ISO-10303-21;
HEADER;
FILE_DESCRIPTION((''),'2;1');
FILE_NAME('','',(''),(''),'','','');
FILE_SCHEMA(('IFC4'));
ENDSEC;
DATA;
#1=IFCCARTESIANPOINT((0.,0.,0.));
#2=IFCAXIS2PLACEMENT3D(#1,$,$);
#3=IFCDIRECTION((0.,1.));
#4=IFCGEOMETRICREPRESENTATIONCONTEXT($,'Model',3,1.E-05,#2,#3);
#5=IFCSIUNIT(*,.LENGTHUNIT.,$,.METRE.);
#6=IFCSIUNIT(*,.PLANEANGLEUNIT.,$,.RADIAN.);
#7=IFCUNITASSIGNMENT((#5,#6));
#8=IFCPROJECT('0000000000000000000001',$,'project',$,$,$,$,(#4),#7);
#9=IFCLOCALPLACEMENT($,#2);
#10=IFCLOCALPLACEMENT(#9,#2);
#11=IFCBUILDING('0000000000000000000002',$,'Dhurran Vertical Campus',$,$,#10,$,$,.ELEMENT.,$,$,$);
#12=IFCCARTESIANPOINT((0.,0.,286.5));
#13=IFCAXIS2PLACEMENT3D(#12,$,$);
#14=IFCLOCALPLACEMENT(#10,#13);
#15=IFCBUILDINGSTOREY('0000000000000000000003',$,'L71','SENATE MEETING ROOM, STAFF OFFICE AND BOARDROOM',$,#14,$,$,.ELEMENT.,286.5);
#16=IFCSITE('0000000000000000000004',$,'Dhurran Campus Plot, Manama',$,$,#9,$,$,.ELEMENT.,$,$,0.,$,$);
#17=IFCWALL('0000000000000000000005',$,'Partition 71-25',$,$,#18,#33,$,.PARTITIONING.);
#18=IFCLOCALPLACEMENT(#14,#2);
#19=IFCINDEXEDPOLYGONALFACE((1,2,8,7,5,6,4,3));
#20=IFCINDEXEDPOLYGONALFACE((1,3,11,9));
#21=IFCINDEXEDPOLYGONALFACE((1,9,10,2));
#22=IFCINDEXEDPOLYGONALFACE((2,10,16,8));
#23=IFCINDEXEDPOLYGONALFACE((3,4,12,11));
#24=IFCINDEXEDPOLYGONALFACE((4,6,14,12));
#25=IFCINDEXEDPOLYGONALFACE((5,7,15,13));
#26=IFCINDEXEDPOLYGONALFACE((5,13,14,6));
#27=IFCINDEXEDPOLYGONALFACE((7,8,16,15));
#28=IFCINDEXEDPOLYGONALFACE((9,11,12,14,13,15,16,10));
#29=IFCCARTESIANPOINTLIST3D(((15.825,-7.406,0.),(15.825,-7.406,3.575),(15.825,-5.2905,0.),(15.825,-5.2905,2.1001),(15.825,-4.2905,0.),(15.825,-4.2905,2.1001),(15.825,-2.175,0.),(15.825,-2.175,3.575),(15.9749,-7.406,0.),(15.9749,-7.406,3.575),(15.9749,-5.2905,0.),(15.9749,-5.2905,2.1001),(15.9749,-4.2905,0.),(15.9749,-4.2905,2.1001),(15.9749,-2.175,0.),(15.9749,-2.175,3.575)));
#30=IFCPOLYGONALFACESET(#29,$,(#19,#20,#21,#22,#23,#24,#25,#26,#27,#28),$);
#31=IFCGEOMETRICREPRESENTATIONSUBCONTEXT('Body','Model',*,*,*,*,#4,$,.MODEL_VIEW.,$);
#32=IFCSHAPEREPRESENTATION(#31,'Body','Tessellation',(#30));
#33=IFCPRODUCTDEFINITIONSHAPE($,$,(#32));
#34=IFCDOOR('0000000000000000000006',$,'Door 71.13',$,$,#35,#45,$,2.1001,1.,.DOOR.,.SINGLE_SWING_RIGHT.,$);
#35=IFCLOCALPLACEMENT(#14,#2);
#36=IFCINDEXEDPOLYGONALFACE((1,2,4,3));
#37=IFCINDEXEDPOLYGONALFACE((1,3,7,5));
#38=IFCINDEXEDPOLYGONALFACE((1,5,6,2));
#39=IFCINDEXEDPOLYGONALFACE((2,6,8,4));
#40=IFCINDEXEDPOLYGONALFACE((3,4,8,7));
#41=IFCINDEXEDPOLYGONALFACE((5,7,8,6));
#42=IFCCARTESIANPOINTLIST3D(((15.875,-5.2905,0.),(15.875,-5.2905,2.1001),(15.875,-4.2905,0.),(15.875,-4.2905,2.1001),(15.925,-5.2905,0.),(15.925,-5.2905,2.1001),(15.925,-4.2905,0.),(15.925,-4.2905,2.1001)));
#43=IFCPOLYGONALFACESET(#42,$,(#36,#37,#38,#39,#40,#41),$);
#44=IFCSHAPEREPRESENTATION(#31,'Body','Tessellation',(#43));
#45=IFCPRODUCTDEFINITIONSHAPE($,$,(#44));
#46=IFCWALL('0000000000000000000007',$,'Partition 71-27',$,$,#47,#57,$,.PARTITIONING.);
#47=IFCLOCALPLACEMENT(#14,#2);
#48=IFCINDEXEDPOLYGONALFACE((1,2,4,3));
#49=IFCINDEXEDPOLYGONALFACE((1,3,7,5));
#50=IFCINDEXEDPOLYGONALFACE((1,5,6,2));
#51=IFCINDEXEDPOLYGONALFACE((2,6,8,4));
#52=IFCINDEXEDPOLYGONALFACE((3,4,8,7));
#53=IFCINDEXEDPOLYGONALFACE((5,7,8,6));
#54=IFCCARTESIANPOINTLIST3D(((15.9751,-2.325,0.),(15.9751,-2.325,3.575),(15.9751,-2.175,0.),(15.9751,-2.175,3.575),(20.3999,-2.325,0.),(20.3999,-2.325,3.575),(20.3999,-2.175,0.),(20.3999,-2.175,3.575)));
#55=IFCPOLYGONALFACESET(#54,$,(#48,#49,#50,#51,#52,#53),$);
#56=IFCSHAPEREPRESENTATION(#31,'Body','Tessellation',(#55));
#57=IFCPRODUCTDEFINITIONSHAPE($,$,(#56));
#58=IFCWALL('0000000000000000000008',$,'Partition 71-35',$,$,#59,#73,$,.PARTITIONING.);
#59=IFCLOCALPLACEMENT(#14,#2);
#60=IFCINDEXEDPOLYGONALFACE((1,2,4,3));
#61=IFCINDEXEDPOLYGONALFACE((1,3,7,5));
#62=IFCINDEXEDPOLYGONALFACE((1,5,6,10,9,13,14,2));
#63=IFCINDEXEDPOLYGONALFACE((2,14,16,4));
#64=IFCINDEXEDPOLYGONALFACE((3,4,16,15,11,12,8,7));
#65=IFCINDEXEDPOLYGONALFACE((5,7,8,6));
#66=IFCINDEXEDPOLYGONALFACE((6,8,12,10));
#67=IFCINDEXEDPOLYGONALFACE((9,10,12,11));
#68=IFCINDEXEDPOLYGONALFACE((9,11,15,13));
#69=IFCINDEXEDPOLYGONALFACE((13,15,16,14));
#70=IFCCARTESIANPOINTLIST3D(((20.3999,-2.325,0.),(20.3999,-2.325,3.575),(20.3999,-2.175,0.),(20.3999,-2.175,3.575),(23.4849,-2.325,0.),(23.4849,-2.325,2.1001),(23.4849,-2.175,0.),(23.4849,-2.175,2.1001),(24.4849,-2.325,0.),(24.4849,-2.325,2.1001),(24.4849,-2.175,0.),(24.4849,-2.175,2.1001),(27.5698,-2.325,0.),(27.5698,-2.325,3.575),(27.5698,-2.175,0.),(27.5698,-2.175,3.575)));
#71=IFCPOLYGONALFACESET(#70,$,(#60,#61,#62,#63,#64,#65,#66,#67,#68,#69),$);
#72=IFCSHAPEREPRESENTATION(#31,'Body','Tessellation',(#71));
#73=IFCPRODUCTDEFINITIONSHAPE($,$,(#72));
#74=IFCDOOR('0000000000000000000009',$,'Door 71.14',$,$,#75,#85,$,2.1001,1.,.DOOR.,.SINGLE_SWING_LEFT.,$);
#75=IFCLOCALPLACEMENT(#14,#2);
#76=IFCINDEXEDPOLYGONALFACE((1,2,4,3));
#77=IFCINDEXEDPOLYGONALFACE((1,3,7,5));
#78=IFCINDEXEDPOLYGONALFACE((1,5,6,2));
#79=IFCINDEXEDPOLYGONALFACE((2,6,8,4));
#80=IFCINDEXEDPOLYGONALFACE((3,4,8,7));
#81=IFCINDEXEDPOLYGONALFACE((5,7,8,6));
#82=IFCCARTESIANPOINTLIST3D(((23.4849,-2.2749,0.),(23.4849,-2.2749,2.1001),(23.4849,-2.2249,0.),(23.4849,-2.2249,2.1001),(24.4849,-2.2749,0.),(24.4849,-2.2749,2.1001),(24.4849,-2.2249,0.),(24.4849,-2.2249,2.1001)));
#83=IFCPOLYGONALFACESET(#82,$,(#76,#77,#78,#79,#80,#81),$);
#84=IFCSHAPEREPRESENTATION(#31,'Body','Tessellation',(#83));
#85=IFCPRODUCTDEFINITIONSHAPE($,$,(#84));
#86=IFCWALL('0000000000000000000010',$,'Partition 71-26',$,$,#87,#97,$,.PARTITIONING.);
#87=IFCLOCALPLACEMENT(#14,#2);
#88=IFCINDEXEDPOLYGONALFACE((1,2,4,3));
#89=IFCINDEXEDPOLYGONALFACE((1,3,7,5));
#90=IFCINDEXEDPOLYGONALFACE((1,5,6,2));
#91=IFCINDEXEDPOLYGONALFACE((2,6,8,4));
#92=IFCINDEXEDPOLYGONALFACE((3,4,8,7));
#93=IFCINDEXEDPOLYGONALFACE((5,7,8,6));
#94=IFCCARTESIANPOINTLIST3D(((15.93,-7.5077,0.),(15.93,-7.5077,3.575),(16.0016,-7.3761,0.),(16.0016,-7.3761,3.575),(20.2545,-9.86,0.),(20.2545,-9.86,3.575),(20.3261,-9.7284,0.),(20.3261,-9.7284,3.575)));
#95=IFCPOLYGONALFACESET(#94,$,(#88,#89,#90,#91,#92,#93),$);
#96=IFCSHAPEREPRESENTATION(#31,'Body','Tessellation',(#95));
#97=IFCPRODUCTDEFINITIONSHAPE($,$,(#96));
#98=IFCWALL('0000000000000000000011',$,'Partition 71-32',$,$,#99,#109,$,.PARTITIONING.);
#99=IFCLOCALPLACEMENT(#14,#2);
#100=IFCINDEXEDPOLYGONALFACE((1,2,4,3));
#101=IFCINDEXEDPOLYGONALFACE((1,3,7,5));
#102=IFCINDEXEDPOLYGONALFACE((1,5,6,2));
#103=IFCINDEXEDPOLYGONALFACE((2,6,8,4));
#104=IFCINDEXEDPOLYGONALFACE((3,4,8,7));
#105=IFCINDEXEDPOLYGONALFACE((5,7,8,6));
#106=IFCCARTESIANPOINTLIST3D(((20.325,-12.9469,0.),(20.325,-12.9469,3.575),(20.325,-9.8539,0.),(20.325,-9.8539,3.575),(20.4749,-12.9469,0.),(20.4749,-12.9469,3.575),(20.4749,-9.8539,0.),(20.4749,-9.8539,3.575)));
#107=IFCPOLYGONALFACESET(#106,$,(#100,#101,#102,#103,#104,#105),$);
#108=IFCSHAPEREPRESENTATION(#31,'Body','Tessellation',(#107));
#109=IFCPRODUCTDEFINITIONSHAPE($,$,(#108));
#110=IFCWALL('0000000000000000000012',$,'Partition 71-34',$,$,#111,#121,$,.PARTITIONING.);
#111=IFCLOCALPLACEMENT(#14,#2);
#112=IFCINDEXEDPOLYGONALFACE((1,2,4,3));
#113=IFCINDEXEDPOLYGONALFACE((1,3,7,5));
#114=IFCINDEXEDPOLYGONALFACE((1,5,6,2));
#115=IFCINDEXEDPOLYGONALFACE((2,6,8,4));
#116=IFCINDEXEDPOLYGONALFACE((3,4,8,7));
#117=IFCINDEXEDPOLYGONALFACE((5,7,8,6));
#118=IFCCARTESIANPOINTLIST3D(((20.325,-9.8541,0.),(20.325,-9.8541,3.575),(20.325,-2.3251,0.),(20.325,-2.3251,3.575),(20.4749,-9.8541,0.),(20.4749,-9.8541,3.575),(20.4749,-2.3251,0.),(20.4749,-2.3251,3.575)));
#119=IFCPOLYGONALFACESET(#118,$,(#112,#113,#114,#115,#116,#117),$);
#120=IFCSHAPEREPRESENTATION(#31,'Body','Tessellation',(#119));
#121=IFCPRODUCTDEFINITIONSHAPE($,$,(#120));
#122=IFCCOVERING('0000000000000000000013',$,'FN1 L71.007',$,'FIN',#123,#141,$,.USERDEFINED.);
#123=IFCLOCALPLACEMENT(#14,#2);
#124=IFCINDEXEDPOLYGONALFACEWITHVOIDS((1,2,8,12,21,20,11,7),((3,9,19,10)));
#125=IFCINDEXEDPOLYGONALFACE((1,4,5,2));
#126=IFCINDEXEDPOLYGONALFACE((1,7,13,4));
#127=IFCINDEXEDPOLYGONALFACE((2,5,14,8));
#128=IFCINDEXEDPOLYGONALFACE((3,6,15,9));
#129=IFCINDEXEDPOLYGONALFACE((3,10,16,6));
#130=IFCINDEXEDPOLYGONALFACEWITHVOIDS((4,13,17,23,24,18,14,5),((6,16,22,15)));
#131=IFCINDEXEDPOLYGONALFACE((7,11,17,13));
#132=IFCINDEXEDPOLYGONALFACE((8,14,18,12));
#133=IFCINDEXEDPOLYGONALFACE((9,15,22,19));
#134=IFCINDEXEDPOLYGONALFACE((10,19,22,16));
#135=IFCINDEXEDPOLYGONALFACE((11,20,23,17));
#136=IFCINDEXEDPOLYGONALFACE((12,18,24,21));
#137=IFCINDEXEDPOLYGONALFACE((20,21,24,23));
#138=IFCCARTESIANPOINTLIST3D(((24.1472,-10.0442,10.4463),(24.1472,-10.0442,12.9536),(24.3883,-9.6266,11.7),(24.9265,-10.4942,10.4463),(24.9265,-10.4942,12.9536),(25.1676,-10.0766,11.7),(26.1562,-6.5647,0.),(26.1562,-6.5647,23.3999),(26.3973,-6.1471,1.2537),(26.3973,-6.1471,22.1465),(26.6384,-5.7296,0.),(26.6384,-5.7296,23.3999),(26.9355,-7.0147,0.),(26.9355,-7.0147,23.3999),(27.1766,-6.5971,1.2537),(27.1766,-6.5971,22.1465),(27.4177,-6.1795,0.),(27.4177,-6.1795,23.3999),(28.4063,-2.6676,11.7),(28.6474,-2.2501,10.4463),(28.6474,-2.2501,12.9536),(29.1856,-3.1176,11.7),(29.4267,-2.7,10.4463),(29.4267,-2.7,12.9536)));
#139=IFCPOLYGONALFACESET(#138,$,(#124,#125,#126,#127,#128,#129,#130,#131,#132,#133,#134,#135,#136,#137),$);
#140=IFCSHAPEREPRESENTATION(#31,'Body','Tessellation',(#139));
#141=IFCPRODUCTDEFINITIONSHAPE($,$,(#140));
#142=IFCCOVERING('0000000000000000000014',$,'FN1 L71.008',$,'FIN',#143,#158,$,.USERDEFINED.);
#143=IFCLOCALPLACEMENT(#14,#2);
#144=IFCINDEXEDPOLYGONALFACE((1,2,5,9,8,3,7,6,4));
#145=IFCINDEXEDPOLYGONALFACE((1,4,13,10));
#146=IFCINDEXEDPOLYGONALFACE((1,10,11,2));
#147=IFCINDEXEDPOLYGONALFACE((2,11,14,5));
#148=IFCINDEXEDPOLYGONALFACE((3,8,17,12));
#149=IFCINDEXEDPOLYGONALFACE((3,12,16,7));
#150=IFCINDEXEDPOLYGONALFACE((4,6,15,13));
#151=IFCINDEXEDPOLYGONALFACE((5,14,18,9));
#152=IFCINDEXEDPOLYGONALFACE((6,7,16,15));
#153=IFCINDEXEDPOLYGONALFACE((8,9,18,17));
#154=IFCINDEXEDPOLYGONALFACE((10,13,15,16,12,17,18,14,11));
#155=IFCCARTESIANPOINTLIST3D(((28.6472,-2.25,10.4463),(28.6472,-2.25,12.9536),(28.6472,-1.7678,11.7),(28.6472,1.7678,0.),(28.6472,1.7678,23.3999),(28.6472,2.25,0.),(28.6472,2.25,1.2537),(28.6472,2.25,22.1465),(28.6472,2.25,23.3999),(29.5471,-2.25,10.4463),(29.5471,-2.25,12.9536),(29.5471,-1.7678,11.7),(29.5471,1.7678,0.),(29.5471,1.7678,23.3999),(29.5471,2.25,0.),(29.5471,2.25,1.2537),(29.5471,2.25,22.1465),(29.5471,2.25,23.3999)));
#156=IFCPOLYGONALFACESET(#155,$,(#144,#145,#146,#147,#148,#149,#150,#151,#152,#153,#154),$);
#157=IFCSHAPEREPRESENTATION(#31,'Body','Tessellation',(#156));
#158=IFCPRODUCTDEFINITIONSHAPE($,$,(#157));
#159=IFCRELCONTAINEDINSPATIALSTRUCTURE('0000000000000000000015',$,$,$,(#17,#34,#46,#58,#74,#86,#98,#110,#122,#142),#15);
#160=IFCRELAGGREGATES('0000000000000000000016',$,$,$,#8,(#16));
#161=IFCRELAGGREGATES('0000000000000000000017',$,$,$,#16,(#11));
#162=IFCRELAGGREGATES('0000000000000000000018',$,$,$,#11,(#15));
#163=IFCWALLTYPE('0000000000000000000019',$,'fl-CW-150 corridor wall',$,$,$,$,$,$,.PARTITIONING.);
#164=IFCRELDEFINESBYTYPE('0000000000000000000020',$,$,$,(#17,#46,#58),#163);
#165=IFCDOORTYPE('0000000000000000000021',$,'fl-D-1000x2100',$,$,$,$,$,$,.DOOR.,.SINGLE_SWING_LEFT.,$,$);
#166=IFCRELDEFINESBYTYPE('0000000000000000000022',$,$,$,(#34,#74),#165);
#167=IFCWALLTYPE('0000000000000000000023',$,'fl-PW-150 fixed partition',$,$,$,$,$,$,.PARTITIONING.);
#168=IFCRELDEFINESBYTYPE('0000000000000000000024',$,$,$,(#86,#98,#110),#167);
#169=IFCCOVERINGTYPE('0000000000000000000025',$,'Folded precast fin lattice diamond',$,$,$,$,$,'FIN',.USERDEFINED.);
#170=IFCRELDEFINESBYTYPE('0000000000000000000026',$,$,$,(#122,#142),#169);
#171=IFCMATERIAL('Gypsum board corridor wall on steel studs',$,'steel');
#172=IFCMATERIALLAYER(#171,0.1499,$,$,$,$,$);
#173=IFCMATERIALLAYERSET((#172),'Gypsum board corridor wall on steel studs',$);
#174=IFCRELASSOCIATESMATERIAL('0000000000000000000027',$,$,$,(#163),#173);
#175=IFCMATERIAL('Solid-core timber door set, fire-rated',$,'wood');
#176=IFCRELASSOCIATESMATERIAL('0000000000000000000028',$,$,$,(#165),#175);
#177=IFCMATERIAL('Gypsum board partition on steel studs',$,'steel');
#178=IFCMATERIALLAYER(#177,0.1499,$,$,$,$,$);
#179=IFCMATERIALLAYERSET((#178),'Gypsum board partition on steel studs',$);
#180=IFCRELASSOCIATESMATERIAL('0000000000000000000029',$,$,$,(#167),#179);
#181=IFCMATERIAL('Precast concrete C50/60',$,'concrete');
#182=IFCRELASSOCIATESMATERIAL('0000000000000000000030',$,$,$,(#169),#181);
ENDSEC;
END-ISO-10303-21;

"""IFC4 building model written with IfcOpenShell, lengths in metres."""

from ifc_helpers import new_model, si_unit, direction, frame, frame_2d, origin, place, context, subcontext, project, spatial, polyline, rectangle, outline, extrude, material, layer, layer_set, type_object, element, fill, save


model = new_model("IFC4")

# Units and contexts
model_context = context("Model", 3, precision=1e-05, world=origin(), true_north=direction((0.0, 1.0)))
body_context = subcontext(model_context, "Body", "Model", "MODEL_VIEW")
ifc_project = project(units=[si_unit("LENGTHUNIT", "METRE"), si_unit("PLANEANGLEUNIT", "RADIAN")], contexts=[model_context])

# Site, building, storey
site_placement = place(None, origin())
site = spatial("IfcSite", under=ifc_project, at=site_placement, Name="Dhurran Campus Plot, Manama", CompositionType="ELEMENT", RefElevation=0.0)
building_placement = place(site_placement, origin())
building = spatial("IfcBuilding", under=site, at=building_placement, Name="Dhurran Vertical Campus", CompositionType="ELEMENT")
storey_placement = place(building_placement, frame((0.0, 0.0, 286.5)))
storey = spatial("IfcBuildingStorey", under=building, at=storey_placement, Name="L71", Description="SENATE MEETING ROOM, STAFF OFFICE AND BOARDROOM", CompositionType="ELEMENT", Elevation=286.5)

# Wall, opening, door
ifc_material_1 = material(Name="Gypsum board corridor wall on steel studs", Category="steel")
ifc_layer_1 = layer(ifc_material_1, 0.1499)
ifc_layer_set_1 = layer_set([ifc_layer_1], Name="Gypsum board corridor wall on steel studs")
wall_type_1 = type_object("IfcWallType", Name="fl-CW-150 corridor wall", PredefinedType="PARTITIONING", material=ifc_layer_set_1)
ifc_material_2 = material(Name="Solid-core timber door set, fire-rated", Category="wood")
door_type = type_object("IfcDoorType", Name="fl-D-1000x2100", OperationType="SINGLE_SWING_LEFT", PredefinedType="DOOR", material=ifc_material_2)
wall_1_placement = place(storey_placement, frame((15.8999, -7.406, 0.0), z_axis=(0.0, 0.0, 1.0), x_axis=(0.0, 1.0, 0.0)))
wall_1 = element("IfcWall", 1, at=wall_1_placement, inside=storey, type_object=wall_type_1, Name="Partition 71-25", PredefinedType="PARTITIONING", context=body_context, shape_type="SweptSolid", body=[
    extrude(rectangle(XDim=5.231, YDim=0.1499, at=frame_2d((2.6155, 0.0))), origin(), (0.0, 0.0, 1.0), 3.575),
])
opening_1_placement = place(wall_1_placement, frame((2.1155, 0.0, 0.0)))
opening_1 = element("IfcOpeningElement", 2, at=opening_1_placement, cuts=wall_1, PredefinedType="OPENING", context=body_context, shape_type="SweptSolid", body=[
    extrude(rectangle(XDim=1.0, YDim=2.1001, at=frame_2d((0.5, 1.05))), frame((0.0, 0.085, 0.0), z_axis=(0.0, -1.0, 0.0), x_axis=(1.0, 0.0, 0.0)), (0.0, 0.0, 1.0), 0.1699),
])
door_1_placement = place(opening_1_placement, origin())
door_1 = element("IfcDoor", 3, at=door_1_placement, inside=storey, type_object=door_type, Name="Door 71.13", OperationType="SINGLE_SWING_RIGHT", OverallHeight=2.1001, OverallWidth=1.0, PredefinedType="DOOR", context=body_context, shape_type="SweptSolid", body=[
    extrude(rectangle(XDim=1.0, YDim=2.1001, at=frame_2d((0.5, 1.05))), frame((0.0, 0.0249, 0.0), z_axis=(0.0, -1.0, 0.0), x_axis=(1.0, 0.0, 0.0)), (0.0, 0.0, 1.0), 0.05),
])
fill(opening_1, door_1)

# Wall
wall_2_placement = place(storey_placement, frame((20.3999, -2.25, 0.0), z_axis=(0.0, 0.0, 1.0), x_axis=(-1.0, 0.0, 0.0)))
element("IfcWall", 4, at=wall_2_placement, inside=storey, type_object=wall_type_1, Name="Partition 71-27", PredefinedType="PARTITIONING", context=body_context, shape_type="SweptSolid", body=[
    extrude(rectangle(XDim=4.4248, YDim=0.1499, at=frame_2d((2.2124, 0.0))), origin(), (0.0, 0.0, 1.0), 3.575),
])

# Wall, opening, door
wall_3_placement = place(storey_placement, frame((27.5698, -2.25, 0.0), z_axis=(0.0, 0.0, 1.0), x_axis=(-1.0, 0.0, 0.0)))
wall_3 = element("IfcWall", 5, at=wall_3_placement, inside=storey, type_object=wall_type_1, Name="Partition 71-35", PredefinedType="PARTITIONING", context=body_context, shape_type="SweptSolid", body=[
    extrude(rectangle(XDim=7.1699, YDim=0.1499, at=frame_2d((3.585, 0.0))), origin(), (0.0, 0.0, 1.0), 3.575),
])
opening_2_placement = place(wall_3_placement, frame((3.085, 0.0, 0.0)))
opening_2 = element("IfcOpeningElement", 6, at=opening_2_placement, cuts=wall_3, PredefinedType="OPENING", context=body_context, shape_type="SweptSolid", body=[
    extrude(rectangle(XDim=1.0, YDim=2.1001, at=frame_2d((0.5, 1.05))), frame((0.0, 0.085, 0.0), z_axis=(0.0, -1.0, 0.0), x_axis=(1.0, 0.0, 0.0)), (0.0, 0.0, 1.0), 0.1699),
])
door_2_placement = place(opening_2_placement, origin())
door_2 = element("IfcDoor", 7, at=door_2_placement, inside=storey, type_object=door_type, Name="Door 71.14", OperationType="SINGLE_SWING_LEFT", OverallHeight=2.1001, OverallWidth=1.0, PredefinedType="DOOR", context=body_context, shape_type="SweptSolid", body=[
    extrude(rectangle(XDim=1.0, YDim=2.1001, at=frame_2d((0.5, 1.05))), frame((0.0, 0.0249, 0.0), z_axis=(0.0, -1.0, 0.0), x_axis=(1.0, 0.0, 0.0)), (0.0, 0.0, 1.0), 0.05),
])
fill(opening_2, door_2)

# Walls
ifc_material_3 = material(Name="Gypsum board partition on steel studs", Category="steel")
ifc_layer_2 = layer(ifc_material_3, 0.1499)
ifc_layer_set_2 = layer_set([ifc_layer_2], Name="Gypsum board partition on steel studs")
wall_type_2 = type_object("IfcWallType", Name="fl-PW-150 fixed partition", PredefinedType="PARTITIONING", material=ifc_layer_set_2)
wall_4_placement = place(storey_placement, frame((15.9658, -7.4419, 0.0), z_axis=(0.0, 0.0, 1.0), x_axis=(0.87845, -0.477834, 0.0)))
element("IfcWall", 8, at=wall_4_placement, inside=storey, type_object=wall_type_2, Name="Partition 71-26", PredefinedType="PARTITIONING", context=body_context, shape_type="SweptSolid", body=[
    extrude(rectangle(XDim=4.9229, YDim=0.1499, at=frame_2d((2.4614, 0.0))), origin(), (0.0, 0.0, 1.0), 3.575),
])
wall_5_placement = place(storey_placement, frame((20.3999, -9.854, 0.0), z_axis=(0.0, 0.0, 1.0), x_axis=(0.0, -1.0, 0.0)))
element("IfcWall", 9, at=wall_5_placement, inside=storey, type_object=wall_type_2, Name="Partition 71-32", PredefinedType="PARTITIONING", context=body_context, shape_type="SweptSolid", body=[
    extrude(rectangle(XDim=3.093, YDim=0.1499, at=frame_2d((1.5464, 0.0))), origin(), (0.0, 0.0, 1.0), 3.575),
])
wall_6_placement = place(storey_placement, frame((20.3999, -2.325, 0.0), z_axis=(0.0, 0.0, 1.0), x_axis=(0.0, -1.0, 0.0)))
element("IfcWall", 10, at=wall_6_placement, inside=storey, type_object=wall_type_2, Name="Partition 71-34", PredefinedType="PARTITIONING", context=body_context, shape_type="SweptSolid", body=[
    extrude(rectangle(XDim=7.5291, YDim=0.1499, at=frame_2d((3.7646, 0.0))), origin(), (0.0, 0.0, 1.0), 3.575),
])

# Coverings
ifc_material_4 = material(Name="Precast concrete C50/60", Category="concrete")
covering_type = type_object("IfcCoveringType", Name="Folded precast fin lattice diamond", ElementType="FIN", PredefinedType="USERDEFINED", material=ifc_material_4)
covering_1_placement = place(storey_placement, frame((24.1472, -10.0442, 0.0), z_axis=(0.866014, -0.50002, 0.0), x_axis=(0.50002, 0.866014, 0.0)))
element("IfcCovering", 11, at=covering_1_placement, inside=storey, type_object=covering_type, Name="FN1 L71.007", ObjectType="FIN", PredefinedType="USERDEFINED", context=body_context, shape_type="SweptSolid", body=[
    extrude(outline(polyline([(9.0, 12.9536), (9.0, 10.4463), (4.9822, 0.0), (4.0178, 0.0), (0.0, 10.4463), (0.0, 12.9536), (4.0178, 23.3999), (4.9822, 23.3999), (9.0, 12.9536)]), holes=[polyline([(8.5178, 11.7), (4.5, 22.1465), (0.4822, 11.7), (4.5, 1.2537), (8.5178, 11.7)])]), origin(), (0.0, 0.0, 1.0), 0.8999),
])
covering_2_placement = place(storey_placement, frame((28.6472, -2.25, 0.0), z_axis=(1.0, 0.0, 0.0), x_axis=(0.0, 1.0, 0.0)))
element("IfcCovering", 12, at=covering_2_placement, inside=storey, type_object=covering_type, Name="FN1 L71.008", ObjectType="FIN", PredefinedType="USERDEFINED", context=body_context, shape_type="SweptSolid", body=[
    extrude(outline(polyline([(4.0178, 0.0), (0.0, 10.4463), (0.0, 12.9536), (4.0178, 23.3999), (4.5, 23.3999), (4.5, 22.1465), (0.4822, 11.7), (4.5, 1.2537), (4.5, 0.0), (4.0178, 0.0)])), origin(), (0.0, 0.0, 1.0), 0.8999),
])

save(model, "model.ifc")
